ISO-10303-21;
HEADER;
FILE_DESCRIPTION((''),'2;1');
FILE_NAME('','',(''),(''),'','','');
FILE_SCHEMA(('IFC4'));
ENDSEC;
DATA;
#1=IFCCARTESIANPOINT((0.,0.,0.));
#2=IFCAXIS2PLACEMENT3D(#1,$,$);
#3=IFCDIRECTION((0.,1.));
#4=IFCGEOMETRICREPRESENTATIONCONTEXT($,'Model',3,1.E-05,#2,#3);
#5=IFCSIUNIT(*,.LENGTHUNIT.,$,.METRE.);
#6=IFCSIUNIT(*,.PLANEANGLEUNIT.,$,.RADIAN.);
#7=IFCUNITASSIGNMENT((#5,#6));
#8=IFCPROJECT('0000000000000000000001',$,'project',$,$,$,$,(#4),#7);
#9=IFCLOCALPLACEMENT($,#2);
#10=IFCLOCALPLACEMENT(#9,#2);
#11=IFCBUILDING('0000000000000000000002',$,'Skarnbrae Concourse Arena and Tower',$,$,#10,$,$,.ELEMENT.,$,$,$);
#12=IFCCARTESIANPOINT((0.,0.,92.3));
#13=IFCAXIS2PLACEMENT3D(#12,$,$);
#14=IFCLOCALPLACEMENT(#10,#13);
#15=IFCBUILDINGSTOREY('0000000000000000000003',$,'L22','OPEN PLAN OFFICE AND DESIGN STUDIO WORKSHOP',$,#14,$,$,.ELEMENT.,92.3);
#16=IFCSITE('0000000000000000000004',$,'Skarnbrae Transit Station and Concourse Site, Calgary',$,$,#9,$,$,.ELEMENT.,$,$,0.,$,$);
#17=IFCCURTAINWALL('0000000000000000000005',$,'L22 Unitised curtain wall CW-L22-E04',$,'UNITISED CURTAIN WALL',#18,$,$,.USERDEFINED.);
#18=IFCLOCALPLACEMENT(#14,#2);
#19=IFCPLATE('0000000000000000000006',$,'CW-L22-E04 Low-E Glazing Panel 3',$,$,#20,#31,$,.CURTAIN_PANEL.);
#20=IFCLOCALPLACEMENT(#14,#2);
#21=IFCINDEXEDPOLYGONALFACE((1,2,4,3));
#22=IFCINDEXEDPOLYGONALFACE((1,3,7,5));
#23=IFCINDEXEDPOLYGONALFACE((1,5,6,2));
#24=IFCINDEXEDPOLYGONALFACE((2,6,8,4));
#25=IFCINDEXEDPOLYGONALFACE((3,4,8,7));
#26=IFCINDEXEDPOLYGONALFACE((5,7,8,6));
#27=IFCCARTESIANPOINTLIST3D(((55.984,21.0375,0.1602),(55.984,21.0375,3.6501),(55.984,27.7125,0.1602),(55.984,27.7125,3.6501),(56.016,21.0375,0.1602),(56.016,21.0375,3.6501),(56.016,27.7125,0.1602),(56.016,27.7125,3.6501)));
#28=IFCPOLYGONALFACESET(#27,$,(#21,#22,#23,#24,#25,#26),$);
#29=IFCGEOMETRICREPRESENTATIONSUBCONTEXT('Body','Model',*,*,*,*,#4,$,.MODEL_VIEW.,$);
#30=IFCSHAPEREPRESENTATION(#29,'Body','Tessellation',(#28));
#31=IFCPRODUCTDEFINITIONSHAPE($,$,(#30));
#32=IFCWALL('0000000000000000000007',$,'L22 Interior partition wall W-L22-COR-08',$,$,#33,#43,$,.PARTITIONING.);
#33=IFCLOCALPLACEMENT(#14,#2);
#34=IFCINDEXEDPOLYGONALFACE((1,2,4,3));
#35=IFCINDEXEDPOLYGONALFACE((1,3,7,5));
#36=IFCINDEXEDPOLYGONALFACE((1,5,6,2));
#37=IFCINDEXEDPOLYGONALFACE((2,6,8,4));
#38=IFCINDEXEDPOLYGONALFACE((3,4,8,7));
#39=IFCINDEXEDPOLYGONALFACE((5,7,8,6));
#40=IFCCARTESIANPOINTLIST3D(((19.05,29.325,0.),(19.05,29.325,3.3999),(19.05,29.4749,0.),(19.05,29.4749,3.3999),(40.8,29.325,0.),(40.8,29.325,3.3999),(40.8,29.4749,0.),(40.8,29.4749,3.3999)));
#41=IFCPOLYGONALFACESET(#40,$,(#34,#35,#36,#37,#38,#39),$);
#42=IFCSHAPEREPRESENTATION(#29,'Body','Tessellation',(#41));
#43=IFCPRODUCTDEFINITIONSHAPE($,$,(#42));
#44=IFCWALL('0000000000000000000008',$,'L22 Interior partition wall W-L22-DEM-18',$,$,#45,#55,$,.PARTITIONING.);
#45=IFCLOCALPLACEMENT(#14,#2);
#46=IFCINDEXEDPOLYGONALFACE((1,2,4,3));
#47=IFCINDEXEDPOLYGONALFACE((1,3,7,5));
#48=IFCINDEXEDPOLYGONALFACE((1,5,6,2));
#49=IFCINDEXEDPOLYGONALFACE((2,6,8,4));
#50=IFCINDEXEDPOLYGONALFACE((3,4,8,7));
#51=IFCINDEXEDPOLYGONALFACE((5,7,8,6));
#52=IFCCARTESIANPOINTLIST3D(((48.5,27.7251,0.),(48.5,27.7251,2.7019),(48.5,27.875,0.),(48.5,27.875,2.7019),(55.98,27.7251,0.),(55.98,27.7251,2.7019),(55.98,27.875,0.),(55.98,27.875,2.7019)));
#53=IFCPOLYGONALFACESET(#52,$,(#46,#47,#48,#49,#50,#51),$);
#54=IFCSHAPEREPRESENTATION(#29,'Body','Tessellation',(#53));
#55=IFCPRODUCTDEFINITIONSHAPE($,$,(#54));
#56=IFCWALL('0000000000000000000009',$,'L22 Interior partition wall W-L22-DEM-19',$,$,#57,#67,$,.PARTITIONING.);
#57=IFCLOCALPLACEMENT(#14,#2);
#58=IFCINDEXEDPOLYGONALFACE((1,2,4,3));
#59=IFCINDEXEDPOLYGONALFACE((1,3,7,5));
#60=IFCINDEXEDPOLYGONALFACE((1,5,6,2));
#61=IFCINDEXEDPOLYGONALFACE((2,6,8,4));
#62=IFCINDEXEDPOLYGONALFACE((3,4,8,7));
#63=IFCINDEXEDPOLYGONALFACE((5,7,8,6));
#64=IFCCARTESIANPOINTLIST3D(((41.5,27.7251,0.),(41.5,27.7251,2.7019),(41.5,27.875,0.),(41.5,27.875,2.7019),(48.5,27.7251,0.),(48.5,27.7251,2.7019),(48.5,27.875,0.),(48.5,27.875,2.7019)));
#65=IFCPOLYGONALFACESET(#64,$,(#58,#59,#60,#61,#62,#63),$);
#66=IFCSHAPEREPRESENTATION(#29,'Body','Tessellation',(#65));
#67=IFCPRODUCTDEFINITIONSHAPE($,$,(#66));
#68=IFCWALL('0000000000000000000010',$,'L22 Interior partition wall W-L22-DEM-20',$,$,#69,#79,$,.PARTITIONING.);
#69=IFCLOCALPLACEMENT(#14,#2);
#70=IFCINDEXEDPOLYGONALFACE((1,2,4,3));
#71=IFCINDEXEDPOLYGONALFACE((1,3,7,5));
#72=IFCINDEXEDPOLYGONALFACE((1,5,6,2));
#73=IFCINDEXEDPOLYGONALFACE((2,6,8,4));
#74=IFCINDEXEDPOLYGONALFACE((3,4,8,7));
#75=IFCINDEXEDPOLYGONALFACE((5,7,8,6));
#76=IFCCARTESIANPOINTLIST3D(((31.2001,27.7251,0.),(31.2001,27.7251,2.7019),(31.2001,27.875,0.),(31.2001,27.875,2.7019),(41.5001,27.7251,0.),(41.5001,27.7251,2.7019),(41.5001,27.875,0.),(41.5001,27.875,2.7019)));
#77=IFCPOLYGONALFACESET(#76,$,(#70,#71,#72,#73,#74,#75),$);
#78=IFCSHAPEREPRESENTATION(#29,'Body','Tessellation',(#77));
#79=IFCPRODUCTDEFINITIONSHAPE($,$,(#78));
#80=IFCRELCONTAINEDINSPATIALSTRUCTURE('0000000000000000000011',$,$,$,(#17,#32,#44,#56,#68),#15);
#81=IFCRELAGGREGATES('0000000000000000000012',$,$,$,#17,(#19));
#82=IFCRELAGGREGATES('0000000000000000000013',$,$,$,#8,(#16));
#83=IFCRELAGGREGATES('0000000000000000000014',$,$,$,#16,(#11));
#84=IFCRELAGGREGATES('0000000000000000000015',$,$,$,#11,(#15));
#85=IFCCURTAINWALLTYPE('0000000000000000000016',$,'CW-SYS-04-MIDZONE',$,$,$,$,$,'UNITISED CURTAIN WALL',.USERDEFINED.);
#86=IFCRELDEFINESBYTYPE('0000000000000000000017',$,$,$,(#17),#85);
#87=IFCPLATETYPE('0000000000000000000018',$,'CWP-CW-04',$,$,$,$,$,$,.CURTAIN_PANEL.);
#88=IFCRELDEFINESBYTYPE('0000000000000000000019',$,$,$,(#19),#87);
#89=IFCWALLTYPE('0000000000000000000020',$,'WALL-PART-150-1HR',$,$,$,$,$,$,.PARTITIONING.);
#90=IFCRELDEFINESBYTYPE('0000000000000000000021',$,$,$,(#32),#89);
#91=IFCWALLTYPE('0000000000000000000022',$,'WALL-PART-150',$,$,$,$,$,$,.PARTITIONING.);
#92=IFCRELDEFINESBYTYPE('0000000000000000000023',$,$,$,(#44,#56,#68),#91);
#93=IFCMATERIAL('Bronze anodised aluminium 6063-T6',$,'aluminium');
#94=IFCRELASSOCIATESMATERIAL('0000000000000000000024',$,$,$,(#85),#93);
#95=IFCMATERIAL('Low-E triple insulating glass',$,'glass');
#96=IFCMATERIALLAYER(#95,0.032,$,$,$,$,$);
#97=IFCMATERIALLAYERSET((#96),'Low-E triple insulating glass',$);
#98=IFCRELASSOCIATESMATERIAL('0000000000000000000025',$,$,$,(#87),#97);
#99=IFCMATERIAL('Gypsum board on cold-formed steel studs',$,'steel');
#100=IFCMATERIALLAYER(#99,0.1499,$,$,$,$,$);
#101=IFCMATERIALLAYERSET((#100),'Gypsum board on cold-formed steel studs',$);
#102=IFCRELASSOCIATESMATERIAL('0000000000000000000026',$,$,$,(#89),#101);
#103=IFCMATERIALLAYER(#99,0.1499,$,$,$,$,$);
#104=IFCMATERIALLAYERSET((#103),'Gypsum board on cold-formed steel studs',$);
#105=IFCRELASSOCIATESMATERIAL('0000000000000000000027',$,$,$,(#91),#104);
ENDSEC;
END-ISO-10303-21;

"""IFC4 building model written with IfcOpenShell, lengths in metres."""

from ifc_helpers import new_model, si_unit, direction, frame, frame_2d, origin, origin_2d, place, context, subcontext, project, spatial, rectangle, extrude, source, transform, mapped, material, layer, layer_set, type_object, element, aggregate, save


model = new_model("IFC4")

# Units and contexts
model_context = context("Model", 3, precision=1e-05, world=origin(), true_north=direction((0.0, 1.0)))
body_context = subcontext(model_context, "Body", "Model", "MODEL_VIEW")
ifc_project = project(units=[si_unit("LENGTHUNIT", "METRE"), si_unit("PLANEANGLEUNIT", "RADIAN")], contexts=[model_context])

# Site, building, storey
site_placement = place(None, origin())
site = spatial("IfcSite", under=ifc_project, at=site_placement, Name="Skarnbrae Transit Station and Concourse Site, Calgary", CompositionType="ELEMENT", RefElevation=0.0)
building_placement = place(site_placement, origin())
building = spatial("IfcBuilding", under=site, at=building_placement, Name="Skarnbrae Concourse Arena and Tower", CompositionType="ELEMENT")
storey_placement = place(building_placement, frame((0.0, 0.0, 92.3)))
storey = spatial("IfcBuildingStorey", under=building, at=storey_placement, Name="L22", Description="OPEN PLAN OFFICE AND DESIGN STUDIO WORKSHOP", CompositionType="ELEMENT", Elevation=92.3)

# Curtain wall, plate
ifc_material_1 = material(Name="Bronze anodised aluminium 6063-T6", Category="aluminium")
curtain_wall_type = type_object("IfcCurtainWallType", Name="CW-SYS-04-MIDZONE", ElementType="UNITISED CURTAIN WALL", PredefinedType="USERDEFINED", material=ifc_material_1)
curtain_wall_placement = place(storey_placement, origin())
curtain_wall = element("IfcCurtainWall", 1, at=curtain_wall_placement, inside=storey, type_object=curtain_wall_type, Name="L22 Unitised curtain wall CW-L22-E04", ObjectType="UNITISED CURTAIN WALL", PredefinedType="USERDEFINED")
ifc_material_2 = material(Name="Low-E triple insulating glass", Category="glass")
ifc_layer_1 = layer(ifc_material_2, 0.032)
ifc_layer_set_1 = layer_set([ifc_layer_1], Name="Low-E triple insulating glass")
plate_type = type_object("IfcPlateType", Name="CWP-CW-04", PredefinedType="CURTAIN_PANEL", material=ifc_layer_set_1)
shared_shape_1 = source(origin(), body_context, "Body", "SweptSolid", [
    extrude(rectangle(XDim=6.675, YDim=0.032, at=origin_2d()), origin(), (0.0, 0.0, 1.0), 3.49),
])
plate_1_placement = place(storey_placement, frame((56.0, 24.375, 0.1602), z_axis=(0.0, 0.0, 1.0), x_axis=(0.0, 1.0, 0.0)))
plate_1 = element("IfcPlate", 2, at=plate_1_placement, type_object=plate_type, Name="CW-L22-E04 Low-E Glazing Panel 3", PredefinedType="CURTAIN_PANEL", context=body_context, shape_type="MappedRepresentation", body=[
    mapped(shared_shape_1, transform((0.0, 0.0, 0.0))),
])
aggregate(curtain_wall, [plate_1])

# Walls
ifc_material_3 = material(Name="Gypsum board on cold-formed steel studs", Category="steel")
ifc_layer_2 = layer(ifc_material_3, 0.1499)
ifc_layer_set_2 = layer_set([ifc_layer_2], Name="Gypsum board on cold-formed steel studs")
wall_type_1 = type_object("IfcWallType", Name="WALL-PART-150-1HR", PredefinedType="PARTITIONING", material=ifc_layer_set_2)
shared_shape_2 = source(origin(), body_context, "Body", "SweptSolid", [
    extrude(rectangle(XDim=21.75, YDim=0.1499, at=frame_2d((10.875, 0.0))), origin(), (0.0, 0.0, 1.0), 3.3999),
])
wall_1_placement = place(storey_placement, frame((40.8, 29.3999, 0.0), z_axis=(0.0, 0.0, 1.0), x_axis=(-1.0, 0.0, 0.0)))
element("IfcWall", 3, at=wall_1_placement, inside=storey, type_object=wall_type_1, Name="L22 Interior partition wall W-L22-COR-08", PredefinedType="PARTITIONING", context=body_context, shape_type="MappedRepresentation", body=[
    mapped(shared_shape_2, transform((0.0, 0.0, 0.0))),
])
ifc_layer_3 = layer(ifc_material_3, 0.1499)
ifc_layer_set_3 = layer_set([ifc_layer_3], Name="Gypsum board on cold-formed steel studs")
wall_type_2 = type_object("IfcWallType", Name="WALL-PART-150", PredefinedType="PARTITIONING", material=ifc_layer_set_3)
shared_shape_3 = source(origin(), body_context, "Body", "SweptSolid", [
    extrude(rectangle(XDim=7.48, YDim=0.1499, at=frame_2d((3.74, 0.0))), origin(), (0.0, 0.0, 1.0), 2.7019),
])
wall_2_placement = place(storey_placement, frame((55.98, 27.8, 0.0), z_axis=(0.0, 0.0, 1.0), x_axis=(-1.0, 0.0, 0.0)))
element("IfcWall", 4, at=wall_2_placement, inside=storey, type_object=wall_type_2, Name="L22 Interior partition wall W-L22-DEM-18", PredefinedType="PARTITIONING", context=body_context, shape_type="MappedRepresentation", body=[
    mapped(shared_shape_3, transform((0.0, 0.0, 0.0))),
])
shared_shape_4 = source(origin(), body_context, "Body", "SweptSolid", [
    extrude(rectangle(XDim=7.0, YDim=0.1499, at=frame_2d((3.5, 0.0))), origin(), (0.0, 0.0, 1.0), 2.7019),
])
wall_3_placement = place(storey_placement, frame((48.5, 27.8, 0.0), z_axis=(0.0, 0.0, 1.0), x_axis=(-1.0, 0.0, 0.0)))
element("IfcWall", 5, at=wall_3_placement, inside=storey, type_object=wall_type_2, Name="L22 Interior partition wall W-L22-DEM-19", PredefinedType="PARTITIONING", context=body_context, shape_type="MappedRepresentation", body=[
    mapped(shared_shape_4, transform((0.0, 0.0, 0.0))),
])
shared_shape_5 = source(origin(), body_context, "Body", "SweptSolid", [
    extrude(rectangle(XDim=10.3, YDim=0.1499, at=frame_2d((5.1499, 0.0))), origin(), (0.0, 0.0, 1.0), 2.7019),
])
wall_4_placement = place(storey_placement, frame((41.5, 27.8, 0.0), z_axis=(0.0, 0.0, 1.0), x_axis=(-1.0, 0.0, 0.0)))
element("IfcWall", 6, at=wall_4_placement, inside=storey, type_object=wall_type_2, Name="L22 Interior partition wall W-L22-DEM-20", PredefinedType="PARTITIONING", context=body_context, shape_type="MappedRepresentation", body=[
    mapped(shared_shape_5, transform((0.0, 0.0, 0.0))),
])

save(model, "model.ifc")
